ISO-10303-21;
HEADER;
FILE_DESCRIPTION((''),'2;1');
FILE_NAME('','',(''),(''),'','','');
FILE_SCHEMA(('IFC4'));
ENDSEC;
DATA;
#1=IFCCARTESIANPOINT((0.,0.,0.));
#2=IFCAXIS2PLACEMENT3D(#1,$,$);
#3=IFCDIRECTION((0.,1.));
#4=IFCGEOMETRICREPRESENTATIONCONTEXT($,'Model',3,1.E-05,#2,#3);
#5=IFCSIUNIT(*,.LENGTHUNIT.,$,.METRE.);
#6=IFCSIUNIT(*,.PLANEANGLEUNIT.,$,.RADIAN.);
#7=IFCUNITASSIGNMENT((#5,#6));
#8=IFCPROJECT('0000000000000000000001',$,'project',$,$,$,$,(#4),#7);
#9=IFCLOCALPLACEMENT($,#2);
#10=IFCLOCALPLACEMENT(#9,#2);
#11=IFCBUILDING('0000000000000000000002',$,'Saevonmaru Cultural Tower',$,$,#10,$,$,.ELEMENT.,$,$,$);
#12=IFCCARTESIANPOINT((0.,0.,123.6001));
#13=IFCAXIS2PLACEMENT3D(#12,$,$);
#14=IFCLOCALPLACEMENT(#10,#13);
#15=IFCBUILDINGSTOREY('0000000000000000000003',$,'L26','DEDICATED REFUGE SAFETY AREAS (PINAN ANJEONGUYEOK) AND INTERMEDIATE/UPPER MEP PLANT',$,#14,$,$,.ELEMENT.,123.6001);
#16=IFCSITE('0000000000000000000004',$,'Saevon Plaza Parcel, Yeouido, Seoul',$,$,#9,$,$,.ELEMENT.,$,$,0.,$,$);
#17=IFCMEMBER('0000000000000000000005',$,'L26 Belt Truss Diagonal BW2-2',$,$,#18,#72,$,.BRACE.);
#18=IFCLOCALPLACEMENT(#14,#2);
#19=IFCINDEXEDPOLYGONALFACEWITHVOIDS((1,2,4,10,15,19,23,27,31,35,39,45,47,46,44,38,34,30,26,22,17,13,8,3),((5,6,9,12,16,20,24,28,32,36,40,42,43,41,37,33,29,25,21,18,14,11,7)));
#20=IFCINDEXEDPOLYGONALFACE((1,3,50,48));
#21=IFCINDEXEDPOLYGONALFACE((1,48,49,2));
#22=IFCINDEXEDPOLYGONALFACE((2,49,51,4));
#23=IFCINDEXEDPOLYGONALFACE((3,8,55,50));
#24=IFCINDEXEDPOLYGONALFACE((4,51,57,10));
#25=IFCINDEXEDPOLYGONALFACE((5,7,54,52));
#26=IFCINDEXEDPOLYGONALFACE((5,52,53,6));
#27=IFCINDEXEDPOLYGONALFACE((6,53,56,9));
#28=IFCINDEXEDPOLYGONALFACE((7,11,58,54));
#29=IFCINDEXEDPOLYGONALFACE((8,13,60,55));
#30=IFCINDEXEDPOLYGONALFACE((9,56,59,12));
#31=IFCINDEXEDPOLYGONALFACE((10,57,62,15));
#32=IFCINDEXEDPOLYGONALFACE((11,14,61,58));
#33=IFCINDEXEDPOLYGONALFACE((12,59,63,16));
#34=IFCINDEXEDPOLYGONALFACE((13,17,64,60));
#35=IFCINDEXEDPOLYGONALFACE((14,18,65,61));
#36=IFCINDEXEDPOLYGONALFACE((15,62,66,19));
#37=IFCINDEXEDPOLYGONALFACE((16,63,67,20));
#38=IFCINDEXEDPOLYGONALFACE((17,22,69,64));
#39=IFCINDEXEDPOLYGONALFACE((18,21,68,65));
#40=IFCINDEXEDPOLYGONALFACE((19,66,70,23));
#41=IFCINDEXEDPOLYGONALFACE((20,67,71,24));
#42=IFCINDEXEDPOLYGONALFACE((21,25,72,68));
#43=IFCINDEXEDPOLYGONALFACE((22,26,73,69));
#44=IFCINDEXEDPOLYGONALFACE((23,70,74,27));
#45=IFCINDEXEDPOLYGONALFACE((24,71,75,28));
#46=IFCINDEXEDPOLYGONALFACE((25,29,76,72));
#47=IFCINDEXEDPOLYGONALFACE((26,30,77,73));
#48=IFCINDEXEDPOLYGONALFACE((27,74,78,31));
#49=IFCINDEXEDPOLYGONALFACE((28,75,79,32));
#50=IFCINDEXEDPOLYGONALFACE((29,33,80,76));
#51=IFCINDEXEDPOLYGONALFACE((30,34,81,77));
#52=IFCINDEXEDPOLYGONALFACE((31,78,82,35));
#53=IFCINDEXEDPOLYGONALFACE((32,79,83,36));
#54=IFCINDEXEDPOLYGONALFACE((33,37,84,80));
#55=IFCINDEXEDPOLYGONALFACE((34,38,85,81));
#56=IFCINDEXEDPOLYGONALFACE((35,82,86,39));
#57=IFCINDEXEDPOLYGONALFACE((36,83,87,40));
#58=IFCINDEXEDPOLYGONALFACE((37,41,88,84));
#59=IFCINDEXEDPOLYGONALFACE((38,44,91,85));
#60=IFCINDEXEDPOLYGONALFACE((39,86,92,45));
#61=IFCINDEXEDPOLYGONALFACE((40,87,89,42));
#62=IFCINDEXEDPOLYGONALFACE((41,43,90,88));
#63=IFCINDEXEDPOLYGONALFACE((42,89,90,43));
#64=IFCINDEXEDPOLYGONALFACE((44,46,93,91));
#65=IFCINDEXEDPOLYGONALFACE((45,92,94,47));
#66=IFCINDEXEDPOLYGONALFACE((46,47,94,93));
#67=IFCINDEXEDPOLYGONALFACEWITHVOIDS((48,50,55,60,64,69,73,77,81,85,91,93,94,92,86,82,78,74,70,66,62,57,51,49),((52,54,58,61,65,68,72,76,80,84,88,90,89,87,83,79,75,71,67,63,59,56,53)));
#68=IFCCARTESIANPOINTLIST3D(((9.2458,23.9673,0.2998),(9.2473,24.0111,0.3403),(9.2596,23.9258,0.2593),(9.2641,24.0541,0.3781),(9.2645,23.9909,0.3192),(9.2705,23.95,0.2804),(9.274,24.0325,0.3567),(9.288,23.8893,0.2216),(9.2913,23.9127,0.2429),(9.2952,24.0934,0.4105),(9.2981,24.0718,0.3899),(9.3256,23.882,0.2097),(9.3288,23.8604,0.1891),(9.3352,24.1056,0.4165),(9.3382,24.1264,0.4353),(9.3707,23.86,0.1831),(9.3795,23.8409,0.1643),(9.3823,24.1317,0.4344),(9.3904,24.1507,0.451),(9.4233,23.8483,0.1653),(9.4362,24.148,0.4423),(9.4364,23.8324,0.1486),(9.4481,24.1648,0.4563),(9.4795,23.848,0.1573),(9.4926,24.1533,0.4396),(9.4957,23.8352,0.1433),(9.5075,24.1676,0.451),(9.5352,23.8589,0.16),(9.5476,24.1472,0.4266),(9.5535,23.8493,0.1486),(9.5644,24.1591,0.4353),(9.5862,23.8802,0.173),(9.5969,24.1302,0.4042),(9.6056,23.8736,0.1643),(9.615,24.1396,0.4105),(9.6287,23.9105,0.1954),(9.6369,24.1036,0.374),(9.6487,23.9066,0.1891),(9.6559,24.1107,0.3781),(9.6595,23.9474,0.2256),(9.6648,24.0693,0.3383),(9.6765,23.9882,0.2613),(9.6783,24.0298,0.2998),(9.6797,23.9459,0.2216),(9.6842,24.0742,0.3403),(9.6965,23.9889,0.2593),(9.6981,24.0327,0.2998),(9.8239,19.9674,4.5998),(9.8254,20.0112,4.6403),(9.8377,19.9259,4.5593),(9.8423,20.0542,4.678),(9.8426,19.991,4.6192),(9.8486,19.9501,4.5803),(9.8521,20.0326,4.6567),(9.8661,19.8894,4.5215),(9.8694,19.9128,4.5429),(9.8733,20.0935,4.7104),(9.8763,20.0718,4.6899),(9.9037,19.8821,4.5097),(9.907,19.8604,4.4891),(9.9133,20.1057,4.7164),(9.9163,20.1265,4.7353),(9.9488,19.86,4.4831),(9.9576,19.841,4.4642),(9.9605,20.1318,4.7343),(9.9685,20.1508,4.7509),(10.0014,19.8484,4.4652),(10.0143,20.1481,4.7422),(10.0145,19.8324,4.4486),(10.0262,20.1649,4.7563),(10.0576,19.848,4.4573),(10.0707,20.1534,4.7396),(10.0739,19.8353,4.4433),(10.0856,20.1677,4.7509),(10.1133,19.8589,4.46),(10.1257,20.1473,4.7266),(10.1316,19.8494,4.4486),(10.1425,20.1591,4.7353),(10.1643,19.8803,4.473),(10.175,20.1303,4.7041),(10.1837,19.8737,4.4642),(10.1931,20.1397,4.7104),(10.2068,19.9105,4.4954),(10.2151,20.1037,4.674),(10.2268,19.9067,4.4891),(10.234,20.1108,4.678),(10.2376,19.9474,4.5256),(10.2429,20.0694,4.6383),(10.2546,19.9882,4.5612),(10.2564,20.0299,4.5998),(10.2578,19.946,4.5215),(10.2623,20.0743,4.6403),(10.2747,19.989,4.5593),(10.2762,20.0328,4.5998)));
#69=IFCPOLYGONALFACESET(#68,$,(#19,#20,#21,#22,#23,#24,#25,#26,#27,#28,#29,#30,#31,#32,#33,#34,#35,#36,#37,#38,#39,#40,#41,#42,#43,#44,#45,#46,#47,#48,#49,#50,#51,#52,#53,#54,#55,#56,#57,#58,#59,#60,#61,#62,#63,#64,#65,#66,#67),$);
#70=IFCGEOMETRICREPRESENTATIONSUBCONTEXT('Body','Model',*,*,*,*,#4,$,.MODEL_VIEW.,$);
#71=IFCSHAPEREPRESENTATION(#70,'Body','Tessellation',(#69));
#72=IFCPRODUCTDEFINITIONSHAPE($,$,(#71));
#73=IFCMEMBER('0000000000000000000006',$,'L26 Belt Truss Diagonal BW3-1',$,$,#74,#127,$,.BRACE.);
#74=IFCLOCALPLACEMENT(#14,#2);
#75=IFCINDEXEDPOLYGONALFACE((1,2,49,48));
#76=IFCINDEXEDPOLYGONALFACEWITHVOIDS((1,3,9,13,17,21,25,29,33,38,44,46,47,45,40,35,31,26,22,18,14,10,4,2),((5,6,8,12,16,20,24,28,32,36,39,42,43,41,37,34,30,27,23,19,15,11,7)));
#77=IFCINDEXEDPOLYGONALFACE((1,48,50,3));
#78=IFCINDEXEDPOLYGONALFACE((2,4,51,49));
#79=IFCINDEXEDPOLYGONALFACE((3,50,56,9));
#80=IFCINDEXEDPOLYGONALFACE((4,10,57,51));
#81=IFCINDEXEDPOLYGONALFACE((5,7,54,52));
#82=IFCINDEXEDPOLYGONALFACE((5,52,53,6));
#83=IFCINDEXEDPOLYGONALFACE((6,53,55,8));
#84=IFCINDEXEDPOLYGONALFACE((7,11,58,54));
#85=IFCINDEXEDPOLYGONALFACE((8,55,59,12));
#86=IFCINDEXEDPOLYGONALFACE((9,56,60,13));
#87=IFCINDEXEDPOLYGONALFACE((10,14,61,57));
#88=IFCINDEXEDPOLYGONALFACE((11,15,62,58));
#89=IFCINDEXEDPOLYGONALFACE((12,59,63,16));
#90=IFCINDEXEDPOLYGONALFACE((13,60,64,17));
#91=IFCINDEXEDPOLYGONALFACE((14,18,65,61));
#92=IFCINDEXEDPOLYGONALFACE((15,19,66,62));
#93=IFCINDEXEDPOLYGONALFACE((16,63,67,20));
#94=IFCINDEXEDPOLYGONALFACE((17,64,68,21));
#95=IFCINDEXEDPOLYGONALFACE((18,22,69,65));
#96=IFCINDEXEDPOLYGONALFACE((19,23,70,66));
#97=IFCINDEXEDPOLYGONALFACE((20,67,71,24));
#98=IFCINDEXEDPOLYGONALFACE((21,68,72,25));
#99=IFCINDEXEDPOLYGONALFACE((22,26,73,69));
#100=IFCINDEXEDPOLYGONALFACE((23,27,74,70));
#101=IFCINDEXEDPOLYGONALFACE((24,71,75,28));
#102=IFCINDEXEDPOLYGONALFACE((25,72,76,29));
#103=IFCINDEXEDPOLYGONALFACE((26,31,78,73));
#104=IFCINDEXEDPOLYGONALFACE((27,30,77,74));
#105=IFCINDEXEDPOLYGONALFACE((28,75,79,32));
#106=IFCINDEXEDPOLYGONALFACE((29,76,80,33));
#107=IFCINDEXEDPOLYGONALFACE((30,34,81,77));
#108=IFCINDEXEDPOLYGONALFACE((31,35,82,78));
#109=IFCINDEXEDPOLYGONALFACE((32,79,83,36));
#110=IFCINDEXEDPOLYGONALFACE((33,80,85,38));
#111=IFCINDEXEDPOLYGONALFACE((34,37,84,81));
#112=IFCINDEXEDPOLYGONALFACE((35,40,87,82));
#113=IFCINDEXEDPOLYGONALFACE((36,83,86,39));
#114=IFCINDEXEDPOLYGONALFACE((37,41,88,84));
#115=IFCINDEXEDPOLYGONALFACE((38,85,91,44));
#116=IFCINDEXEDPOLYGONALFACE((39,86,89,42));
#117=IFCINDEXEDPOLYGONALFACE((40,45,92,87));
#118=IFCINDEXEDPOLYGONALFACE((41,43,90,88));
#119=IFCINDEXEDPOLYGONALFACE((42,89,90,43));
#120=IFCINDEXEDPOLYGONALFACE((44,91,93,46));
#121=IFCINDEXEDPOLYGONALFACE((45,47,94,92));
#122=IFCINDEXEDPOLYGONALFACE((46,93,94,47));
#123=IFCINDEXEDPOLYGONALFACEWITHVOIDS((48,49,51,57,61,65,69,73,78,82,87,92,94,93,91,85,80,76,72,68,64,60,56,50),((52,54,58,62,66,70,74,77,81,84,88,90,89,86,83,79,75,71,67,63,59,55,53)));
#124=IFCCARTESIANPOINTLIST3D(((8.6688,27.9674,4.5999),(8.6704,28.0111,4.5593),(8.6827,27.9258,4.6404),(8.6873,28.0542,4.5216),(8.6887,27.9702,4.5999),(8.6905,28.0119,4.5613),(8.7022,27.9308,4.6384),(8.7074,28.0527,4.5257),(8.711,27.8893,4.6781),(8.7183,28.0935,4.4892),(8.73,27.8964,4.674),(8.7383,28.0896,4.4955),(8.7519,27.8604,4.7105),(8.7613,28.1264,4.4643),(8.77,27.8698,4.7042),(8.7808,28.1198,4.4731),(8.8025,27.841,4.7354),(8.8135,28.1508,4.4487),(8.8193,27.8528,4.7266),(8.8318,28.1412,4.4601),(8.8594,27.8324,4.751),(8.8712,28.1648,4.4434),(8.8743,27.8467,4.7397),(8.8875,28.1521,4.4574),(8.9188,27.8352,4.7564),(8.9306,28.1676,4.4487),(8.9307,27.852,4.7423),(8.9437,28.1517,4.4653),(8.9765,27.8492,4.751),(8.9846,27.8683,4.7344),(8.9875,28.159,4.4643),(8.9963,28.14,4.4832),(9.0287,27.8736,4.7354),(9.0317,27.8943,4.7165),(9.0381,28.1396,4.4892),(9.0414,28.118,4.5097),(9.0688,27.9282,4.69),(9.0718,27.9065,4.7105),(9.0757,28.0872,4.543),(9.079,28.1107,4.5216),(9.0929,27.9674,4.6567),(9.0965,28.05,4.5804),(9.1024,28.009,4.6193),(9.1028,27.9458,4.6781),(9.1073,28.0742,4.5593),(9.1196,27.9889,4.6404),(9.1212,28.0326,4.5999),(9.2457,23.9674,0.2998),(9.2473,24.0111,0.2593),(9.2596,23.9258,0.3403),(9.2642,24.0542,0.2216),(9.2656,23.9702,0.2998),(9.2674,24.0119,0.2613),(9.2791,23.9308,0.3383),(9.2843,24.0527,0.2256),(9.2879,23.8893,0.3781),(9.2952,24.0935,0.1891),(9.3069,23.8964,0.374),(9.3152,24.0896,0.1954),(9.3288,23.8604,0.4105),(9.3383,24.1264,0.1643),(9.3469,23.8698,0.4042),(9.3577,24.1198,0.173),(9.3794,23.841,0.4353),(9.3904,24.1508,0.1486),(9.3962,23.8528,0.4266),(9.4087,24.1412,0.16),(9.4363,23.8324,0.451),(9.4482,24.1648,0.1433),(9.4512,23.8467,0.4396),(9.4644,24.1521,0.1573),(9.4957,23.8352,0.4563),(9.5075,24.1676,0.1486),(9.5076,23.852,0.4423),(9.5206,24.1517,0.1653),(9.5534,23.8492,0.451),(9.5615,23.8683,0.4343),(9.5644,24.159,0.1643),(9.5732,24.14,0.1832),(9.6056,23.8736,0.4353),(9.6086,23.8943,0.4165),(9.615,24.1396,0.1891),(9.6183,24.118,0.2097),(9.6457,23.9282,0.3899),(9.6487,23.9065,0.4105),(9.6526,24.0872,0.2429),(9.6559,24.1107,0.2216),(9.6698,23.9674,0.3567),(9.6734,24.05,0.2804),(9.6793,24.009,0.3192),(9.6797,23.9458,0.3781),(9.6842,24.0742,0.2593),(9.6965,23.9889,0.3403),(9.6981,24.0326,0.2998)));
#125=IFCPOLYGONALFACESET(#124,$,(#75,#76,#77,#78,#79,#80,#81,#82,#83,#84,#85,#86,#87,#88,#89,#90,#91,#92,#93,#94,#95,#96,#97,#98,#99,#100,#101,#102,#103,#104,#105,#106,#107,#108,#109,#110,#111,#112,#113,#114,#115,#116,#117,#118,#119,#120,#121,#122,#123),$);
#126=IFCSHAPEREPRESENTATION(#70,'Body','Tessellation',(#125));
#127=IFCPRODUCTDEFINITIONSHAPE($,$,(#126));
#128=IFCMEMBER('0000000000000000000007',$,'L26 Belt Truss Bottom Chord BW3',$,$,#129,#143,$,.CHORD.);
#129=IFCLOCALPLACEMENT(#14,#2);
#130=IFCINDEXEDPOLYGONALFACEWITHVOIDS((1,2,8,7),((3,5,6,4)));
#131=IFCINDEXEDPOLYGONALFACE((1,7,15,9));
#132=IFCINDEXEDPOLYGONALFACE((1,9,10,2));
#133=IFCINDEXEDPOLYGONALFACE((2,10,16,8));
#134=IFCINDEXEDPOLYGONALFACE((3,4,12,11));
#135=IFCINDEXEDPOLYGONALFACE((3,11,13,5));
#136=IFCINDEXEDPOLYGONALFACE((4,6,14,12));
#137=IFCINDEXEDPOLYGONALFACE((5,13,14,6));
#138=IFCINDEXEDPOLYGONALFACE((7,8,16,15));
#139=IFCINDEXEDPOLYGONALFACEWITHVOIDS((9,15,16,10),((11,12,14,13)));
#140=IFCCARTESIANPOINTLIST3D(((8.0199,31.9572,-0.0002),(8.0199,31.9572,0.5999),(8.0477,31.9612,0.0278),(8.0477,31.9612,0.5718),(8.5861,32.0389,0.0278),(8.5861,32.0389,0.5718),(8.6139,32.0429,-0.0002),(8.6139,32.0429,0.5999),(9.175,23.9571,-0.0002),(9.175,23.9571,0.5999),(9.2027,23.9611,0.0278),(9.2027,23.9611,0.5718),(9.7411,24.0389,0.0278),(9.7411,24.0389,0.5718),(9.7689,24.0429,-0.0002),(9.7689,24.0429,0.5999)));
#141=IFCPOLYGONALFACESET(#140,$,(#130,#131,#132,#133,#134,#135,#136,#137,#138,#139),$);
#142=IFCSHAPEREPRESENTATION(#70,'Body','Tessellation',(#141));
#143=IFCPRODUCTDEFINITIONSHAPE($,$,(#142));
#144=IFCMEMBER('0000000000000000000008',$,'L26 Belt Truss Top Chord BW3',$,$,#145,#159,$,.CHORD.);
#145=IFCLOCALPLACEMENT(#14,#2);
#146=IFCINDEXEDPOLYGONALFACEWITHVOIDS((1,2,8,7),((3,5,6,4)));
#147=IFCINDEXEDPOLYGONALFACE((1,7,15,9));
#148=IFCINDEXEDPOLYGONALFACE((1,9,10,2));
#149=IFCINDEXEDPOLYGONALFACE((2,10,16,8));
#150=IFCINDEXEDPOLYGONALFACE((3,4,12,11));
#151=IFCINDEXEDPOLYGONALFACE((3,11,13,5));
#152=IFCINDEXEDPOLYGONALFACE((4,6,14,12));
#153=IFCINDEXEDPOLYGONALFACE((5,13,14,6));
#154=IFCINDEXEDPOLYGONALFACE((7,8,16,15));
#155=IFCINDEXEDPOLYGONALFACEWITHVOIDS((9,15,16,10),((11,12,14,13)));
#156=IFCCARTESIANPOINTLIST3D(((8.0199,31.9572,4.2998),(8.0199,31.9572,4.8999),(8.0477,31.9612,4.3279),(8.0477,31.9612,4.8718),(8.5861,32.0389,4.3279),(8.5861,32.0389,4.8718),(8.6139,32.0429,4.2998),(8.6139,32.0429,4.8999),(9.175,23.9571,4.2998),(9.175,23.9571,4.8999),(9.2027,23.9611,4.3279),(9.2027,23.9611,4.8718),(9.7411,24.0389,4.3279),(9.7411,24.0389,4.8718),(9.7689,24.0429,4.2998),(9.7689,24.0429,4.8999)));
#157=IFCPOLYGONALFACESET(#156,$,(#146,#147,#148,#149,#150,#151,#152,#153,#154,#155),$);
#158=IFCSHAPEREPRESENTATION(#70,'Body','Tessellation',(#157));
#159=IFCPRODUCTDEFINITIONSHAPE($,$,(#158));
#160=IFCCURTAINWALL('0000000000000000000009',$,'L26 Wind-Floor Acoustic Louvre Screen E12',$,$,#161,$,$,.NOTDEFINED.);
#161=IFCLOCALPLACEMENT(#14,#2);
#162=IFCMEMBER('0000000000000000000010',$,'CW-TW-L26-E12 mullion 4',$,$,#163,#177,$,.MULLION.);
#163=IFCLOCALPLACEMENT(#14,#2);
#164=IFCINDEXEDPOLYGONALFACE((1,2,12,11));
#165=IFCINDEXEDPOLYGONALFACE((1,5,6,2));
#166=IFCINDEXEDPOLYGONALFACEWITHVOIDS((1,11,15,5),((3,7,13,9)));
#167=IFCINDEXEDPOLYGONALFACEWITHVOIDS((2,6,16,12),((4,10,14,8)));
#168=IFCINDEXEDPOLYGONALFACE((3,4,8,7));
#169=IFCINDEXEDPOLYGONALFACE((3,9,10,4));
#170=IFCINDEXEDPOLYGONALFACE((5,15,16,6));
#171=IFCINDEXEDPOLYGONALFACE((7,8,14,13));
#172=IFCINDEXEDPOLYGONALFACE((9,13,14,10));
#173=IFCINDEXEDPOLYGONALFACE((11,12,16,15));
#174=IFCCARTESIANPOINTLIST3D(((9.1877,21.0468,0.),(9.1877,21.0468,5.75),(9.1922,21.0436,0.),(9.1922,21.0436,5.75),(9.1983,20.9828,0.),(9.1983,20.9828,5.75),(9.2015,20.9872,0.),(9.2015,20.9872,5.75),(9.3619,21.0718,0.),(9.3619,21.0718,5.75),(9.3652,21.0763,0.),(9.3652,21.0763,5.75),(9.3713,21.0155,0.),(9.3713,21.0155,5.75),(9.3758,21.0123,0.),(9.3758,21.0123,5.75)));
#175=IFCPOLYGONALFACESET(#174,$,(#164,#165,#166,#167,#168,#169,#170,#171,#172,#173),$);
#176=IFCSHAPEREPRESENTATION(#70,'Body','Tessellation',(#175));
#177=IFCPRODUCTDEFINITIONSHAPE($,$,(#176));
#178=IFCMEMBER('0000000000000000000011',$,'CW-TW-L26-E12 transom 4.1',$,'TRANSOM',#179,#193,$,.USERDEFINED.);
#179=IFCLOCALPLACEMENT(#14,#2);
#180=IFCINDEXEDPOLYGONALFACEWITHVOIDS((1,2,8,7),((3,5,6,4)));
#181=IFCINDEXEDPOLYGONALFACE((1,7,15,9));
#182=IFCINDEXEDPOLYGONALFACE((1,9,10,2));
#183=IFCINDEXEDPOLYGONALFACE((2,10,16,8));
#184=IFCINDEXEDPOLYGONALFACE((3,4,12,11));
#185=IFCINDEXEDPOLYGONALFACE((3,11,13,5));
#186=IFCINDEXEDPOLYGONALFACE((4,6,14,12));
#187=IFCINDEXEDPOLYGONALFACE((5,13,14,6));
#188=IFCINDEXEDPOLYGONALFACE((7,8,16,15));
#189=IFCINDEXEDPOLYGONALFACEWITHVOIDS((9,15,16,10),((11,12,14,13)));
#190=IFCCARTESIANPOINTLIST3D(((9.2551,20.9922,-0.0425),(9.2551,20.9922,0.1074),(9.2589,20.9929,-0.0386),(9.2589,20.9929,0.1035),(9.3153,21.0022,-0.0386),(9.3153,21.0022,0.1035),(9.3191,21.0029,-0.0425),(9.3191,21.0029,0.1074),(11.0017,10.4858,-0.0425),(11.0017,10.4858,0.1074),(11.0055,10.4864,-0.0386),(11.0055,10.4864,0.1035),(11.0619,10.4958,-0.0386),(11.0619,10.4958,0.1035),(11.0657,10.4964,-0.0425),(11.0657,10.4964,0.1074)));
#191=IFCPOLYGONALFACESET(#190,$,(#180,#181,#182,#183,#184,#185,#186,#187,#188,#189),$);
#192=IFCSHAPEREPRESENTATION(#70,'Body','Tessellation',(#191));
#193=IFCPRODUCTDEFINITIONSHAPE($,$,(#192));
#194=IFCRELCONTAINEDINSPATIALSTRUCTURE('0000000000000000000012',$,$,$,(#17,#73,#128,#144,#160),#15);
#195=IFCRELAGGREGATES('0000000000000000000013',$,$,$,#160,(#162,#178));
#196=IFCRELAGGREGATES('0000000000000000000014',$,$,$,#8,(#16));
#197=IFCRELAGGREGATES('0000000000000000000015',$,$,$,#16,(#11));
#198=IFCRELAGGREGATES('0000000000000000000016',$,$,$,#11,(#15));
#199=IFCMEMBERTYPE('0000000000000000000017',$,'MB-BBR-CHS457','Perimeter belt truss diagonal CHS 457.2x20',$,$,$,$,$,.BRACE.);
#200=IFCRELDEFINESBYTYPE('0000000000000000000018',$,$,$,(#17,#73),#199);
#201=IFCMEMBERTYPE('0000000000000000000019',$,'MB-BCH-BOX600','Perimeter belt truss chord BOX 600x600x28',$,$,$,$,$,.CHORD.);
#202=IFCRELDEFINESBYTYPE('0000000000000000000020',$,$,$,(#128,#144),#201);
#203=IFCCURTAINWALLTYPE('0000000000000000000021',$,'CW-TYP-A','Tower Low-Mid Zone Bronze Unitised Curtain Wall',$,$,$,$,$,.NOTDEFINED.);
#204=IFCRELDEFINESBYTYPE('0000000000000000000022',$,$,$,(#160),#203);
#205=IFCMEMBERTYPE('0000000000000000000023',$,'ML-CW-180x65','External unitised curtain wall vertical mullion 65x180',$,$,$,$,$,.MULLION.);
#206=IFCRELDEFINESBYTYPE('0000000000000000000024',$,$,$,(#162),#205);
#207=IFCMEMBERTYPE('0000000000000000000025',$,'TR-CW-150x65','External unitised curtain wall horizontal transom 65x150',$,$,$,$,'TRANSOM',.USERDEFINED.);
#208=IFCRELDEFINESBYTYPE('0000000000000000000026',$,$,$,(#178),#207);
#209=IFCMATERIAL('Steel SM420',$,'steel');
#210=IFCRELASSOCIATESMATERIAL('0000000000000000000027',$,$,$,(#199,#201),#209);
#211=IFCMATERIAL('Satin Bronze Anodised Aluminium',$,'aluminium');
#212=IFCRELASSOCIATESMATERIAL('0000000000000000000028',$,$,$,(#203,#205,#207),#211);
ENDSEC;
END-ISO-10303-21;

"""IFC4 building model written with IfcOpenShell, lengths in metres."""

from ifc_helpers import new_model, si_unit, direction, frame, origin, origin_2d, place, context, subcontext, project, spatial, hollow_rectangle, hollow_circle, extrude, material, material_profile, profile_set, type_object, element, aggregate, save


model = new_model("IFC4")

# Units and contexts
model_context = context("Model", 3, precision=1e-05, world=origin(), true_north=direction((0.0, 1.0)))
body_context = subcontext(model_context, "Body", "Model", "MODEL_VIEW")
ifc_project = project(units=[si_unit("LENGTHUNIT", "METRE"), si_unit("PLANEANGLEUNIT", "RADIAN")], contexts=[model_context])

# Site, building, storey
site_placement = place(None, origin())
site = spatial("IfcSite", under=ifc_project, at=site_placement, Name="Saevon Plaza Parcel, Yeouido, Seoul", CompositionType="ELEMENT", RefElevation=0.0)
building_placement = place(site_placement, origin())
building = spatial("IfcBuilding", under=site, at=building_placement, Name="Saevonmaru Cultural Tower", CompositionType="ELEMENT")
storey_placement = place(building_placement, frame((0.0, 0.0, 123.6001)))
storey = spatial("IfcBuildingStorey", under=building, at=storey_placement, Name="L26", Description="DEDICATED REFUGE SAFETY AREAS (PINAN ANJEONGUYEOK) AND INTERMEDIATE/UPPER MEP PLANT", CompositionType="ELEMENT", Elevation=123.6001)

# Shared definitions
ifc_material_1 = material(Name="Steel SM420", Category="steel")

# Members
ifc_material_profile_1 = material_profile(ifc_material_1, hollow_circle(Radius=0.2285, WallThickness=0.02, at=origin_2d()), Name="CHS-457.2x20")
ifc_profile_set_1 = profile_set([ifc_material_profile_1], Name="Steel SM420")
member_type_1 = type_object("IfcMemberType", Name="MB-BBR-CHS457", Description="Perimeter belt truss diagonal CHS 457.2x20", PredefinedType="BRACE", material=ifc_profile_set_1)
for number, where, z_axis, x_axis, name in (
    (1, (9.4719, 24.0, 0.2998), (0.097967, -0.677823, 0.728669), (0.989716, 0.143045, 0.0), "L26 Belt Truss Diagonal BW2-2"),
    (2, (9.4719, 24.0, 0.2998), (-0.097762, 0.677837, 0.728683), (-0.989759, -0.142749, 0.0), "L26 Belt Truss Diagonal BW3-1"),
):
    element("IfcMember", number, at=place(storey_placement, frame(where, z_axis=z_axis, x_axis=x_axis)), inside=storey, type_object=member_type_1, Name=name, PredefinedType="BRACE", context=body_context, shape_type="SweptSolid", body=[
        extrude(hollow_circle(Radius=0.2285, WallThickness=0.02, at=origin_2d()), origin(), (0.0, 0.0, 1.0), 5.9011),
    ])
ifc_material_profile_2 = material_profile(ifc_material_1, hollow_rectangle(XDim=0.6001, YDim=0.6001, WallThickness=0.0281, at=origin_2d()), Name="BOX-600x600x28")
ifc_profile_set_2 = profile_set([ifc_material_profile_2], Name="Steel SM420")
member_type_2 = type_object("IfcMemberType", Name="MB-BCH-BOX600", Description="Perimeter belt truss chord BOX 600x600x28", PredefinedType="CHORD", material=ifc_profile_set_2)
for number, where, z_axis, x_axis, name in (
    (3, (9.4719, 24.0, 0.2998), (-0.142897, 0.989738, 0.0), (-0.989738, -0.142897, 0.0), "L26 Belt Truss Bottom Chord BW3"),
    (4, (9.4719, 24.0, 4.5999), (-0.142897, 0.989738, 0.0), (-0.989738, -0.142897, 0.0), "L26 Belt Truss Top Chord BW3"),
):
    element("IfcMember", number, at=place(storey_placement, frame(where, z_axis=z_axis, x_axis=x_axis)), inside=storey, type_object=member_type_2, Name=name, PredefinedType="CHORD", context=body_context, shape_type="SweptSolid", body=[
        extrude(hollow_rectangle(XDim=0.6001, YDim=0.6001, WallThickness=0.0281, at=origin_2d()), origin(), (0.0, 0.0, 1.0), 8.083),
    ])

# Curtain wall, members
ifc_material_2 = material(Name="Satin Bronze Anodised Aluminium", Category="aluminium")
curtain_wall_type = type_object("IfcCurtainWallType", Name="CW-TYP-A", Description="Tower Low-Mid Zone Bronze Unitised Curtain Wall", PredefinedType="NOTDEFINED", material=ifc_material_2)
curtain_wall_placement = place(storey_placement, origin())
curtain_wall = element("IfcCurtainWall", 5, at=curtain_wall_placement, inside=storey, type_object=curtain_wall_type, Name="L26 Wind-Floor Acoustic Louvre Screen E12", PredefinedType="NOTDEFINED")
ifc_material_profile_3 = material_profile(ifc_material_2, hollow_rectangle(XDim=0.0649, YDim=0.1799, WallThickness=0.0039, at=origin_2d()), Name="ALU-MULL-180x65x4")
ifc_profile_set_3 = profile_set([ifc_material_profile_3], Name="Satin Bronze Anodised Aluminium")
member_type_3 = type_object("IfcMemberType", Name="ML-CW-180x65", Description="External unitised curtain wall vertical mullion 65x180", PredefinedType="MULLION", material=ifc_profile_set_3)
member_1_placement = place(storey_placement, frame((9.2817, 21.0295, 0.0), z_axis=(0.0, 0.0, 1.0), x_axis=(0.163999, -0.986461, 0.0)))
member_1 = element("IfcMember", 6, at=member_1_placement, type_object=member_type_3, Name="CW-TW-L26-E12 mullion 4", PredefinedType="MULLION", context=body_context, shape_type="SweptSolid", body=[
    extrude(hollow_rectangle(XDim=0.0649, YDim=0.1799, WallThickness=0.0039, at=origin_2d()), origin(), (0.0, 0.0, 1.0), 5.75),
])
ifc_material_profile_4 = material_profile(ifc_material_2, hollow_rectangle(XDim=0.0649, YDim=0.1499, WallThickness=0.0039, at=origin_2d()), Name="ALU-TRAN-150x65x4")
ifc_profile_set_4 = profile_set([ifc_material_profile_4], Name="Satin Bronze Anodised Aluminium")
member_type_4 = type_object("IfcMemberType", Name="TR-CW-150x65", Description="External unitised curtain wall horizontal transom 65x150", ElementType="TRANSOM", PredefinedType="USERDEFINED", material=ifc_profile_set_4)
member_2_placement = place(storey_placement, frame((9.2871, 20.9976, 0.0325), z_axis=(0.16399, -0.986462, 0.0), x_axis=(0.986462, 0.16399, 0.0)))
member_2 = element("IfcMember", 7, at=member_2_placement, type_object=member_type_4, Name="CW-TW-L26-E12 transom 4.1", ObjectType="TRANSOM", PredefinedType="USERDEFINED", context=body_context, shape_type="SweptSolid", body=[
    extrude(hollow_rectangle(XDim=0.0649, YDim=0.1499, WallThickness=0.0039, at=origin_2d()), origin(), (0.0, 0.0, 1.0), 10.6506),
])

aggregate(curtain_wall, [member_1, member_2])

save(model, "model.ifc")
